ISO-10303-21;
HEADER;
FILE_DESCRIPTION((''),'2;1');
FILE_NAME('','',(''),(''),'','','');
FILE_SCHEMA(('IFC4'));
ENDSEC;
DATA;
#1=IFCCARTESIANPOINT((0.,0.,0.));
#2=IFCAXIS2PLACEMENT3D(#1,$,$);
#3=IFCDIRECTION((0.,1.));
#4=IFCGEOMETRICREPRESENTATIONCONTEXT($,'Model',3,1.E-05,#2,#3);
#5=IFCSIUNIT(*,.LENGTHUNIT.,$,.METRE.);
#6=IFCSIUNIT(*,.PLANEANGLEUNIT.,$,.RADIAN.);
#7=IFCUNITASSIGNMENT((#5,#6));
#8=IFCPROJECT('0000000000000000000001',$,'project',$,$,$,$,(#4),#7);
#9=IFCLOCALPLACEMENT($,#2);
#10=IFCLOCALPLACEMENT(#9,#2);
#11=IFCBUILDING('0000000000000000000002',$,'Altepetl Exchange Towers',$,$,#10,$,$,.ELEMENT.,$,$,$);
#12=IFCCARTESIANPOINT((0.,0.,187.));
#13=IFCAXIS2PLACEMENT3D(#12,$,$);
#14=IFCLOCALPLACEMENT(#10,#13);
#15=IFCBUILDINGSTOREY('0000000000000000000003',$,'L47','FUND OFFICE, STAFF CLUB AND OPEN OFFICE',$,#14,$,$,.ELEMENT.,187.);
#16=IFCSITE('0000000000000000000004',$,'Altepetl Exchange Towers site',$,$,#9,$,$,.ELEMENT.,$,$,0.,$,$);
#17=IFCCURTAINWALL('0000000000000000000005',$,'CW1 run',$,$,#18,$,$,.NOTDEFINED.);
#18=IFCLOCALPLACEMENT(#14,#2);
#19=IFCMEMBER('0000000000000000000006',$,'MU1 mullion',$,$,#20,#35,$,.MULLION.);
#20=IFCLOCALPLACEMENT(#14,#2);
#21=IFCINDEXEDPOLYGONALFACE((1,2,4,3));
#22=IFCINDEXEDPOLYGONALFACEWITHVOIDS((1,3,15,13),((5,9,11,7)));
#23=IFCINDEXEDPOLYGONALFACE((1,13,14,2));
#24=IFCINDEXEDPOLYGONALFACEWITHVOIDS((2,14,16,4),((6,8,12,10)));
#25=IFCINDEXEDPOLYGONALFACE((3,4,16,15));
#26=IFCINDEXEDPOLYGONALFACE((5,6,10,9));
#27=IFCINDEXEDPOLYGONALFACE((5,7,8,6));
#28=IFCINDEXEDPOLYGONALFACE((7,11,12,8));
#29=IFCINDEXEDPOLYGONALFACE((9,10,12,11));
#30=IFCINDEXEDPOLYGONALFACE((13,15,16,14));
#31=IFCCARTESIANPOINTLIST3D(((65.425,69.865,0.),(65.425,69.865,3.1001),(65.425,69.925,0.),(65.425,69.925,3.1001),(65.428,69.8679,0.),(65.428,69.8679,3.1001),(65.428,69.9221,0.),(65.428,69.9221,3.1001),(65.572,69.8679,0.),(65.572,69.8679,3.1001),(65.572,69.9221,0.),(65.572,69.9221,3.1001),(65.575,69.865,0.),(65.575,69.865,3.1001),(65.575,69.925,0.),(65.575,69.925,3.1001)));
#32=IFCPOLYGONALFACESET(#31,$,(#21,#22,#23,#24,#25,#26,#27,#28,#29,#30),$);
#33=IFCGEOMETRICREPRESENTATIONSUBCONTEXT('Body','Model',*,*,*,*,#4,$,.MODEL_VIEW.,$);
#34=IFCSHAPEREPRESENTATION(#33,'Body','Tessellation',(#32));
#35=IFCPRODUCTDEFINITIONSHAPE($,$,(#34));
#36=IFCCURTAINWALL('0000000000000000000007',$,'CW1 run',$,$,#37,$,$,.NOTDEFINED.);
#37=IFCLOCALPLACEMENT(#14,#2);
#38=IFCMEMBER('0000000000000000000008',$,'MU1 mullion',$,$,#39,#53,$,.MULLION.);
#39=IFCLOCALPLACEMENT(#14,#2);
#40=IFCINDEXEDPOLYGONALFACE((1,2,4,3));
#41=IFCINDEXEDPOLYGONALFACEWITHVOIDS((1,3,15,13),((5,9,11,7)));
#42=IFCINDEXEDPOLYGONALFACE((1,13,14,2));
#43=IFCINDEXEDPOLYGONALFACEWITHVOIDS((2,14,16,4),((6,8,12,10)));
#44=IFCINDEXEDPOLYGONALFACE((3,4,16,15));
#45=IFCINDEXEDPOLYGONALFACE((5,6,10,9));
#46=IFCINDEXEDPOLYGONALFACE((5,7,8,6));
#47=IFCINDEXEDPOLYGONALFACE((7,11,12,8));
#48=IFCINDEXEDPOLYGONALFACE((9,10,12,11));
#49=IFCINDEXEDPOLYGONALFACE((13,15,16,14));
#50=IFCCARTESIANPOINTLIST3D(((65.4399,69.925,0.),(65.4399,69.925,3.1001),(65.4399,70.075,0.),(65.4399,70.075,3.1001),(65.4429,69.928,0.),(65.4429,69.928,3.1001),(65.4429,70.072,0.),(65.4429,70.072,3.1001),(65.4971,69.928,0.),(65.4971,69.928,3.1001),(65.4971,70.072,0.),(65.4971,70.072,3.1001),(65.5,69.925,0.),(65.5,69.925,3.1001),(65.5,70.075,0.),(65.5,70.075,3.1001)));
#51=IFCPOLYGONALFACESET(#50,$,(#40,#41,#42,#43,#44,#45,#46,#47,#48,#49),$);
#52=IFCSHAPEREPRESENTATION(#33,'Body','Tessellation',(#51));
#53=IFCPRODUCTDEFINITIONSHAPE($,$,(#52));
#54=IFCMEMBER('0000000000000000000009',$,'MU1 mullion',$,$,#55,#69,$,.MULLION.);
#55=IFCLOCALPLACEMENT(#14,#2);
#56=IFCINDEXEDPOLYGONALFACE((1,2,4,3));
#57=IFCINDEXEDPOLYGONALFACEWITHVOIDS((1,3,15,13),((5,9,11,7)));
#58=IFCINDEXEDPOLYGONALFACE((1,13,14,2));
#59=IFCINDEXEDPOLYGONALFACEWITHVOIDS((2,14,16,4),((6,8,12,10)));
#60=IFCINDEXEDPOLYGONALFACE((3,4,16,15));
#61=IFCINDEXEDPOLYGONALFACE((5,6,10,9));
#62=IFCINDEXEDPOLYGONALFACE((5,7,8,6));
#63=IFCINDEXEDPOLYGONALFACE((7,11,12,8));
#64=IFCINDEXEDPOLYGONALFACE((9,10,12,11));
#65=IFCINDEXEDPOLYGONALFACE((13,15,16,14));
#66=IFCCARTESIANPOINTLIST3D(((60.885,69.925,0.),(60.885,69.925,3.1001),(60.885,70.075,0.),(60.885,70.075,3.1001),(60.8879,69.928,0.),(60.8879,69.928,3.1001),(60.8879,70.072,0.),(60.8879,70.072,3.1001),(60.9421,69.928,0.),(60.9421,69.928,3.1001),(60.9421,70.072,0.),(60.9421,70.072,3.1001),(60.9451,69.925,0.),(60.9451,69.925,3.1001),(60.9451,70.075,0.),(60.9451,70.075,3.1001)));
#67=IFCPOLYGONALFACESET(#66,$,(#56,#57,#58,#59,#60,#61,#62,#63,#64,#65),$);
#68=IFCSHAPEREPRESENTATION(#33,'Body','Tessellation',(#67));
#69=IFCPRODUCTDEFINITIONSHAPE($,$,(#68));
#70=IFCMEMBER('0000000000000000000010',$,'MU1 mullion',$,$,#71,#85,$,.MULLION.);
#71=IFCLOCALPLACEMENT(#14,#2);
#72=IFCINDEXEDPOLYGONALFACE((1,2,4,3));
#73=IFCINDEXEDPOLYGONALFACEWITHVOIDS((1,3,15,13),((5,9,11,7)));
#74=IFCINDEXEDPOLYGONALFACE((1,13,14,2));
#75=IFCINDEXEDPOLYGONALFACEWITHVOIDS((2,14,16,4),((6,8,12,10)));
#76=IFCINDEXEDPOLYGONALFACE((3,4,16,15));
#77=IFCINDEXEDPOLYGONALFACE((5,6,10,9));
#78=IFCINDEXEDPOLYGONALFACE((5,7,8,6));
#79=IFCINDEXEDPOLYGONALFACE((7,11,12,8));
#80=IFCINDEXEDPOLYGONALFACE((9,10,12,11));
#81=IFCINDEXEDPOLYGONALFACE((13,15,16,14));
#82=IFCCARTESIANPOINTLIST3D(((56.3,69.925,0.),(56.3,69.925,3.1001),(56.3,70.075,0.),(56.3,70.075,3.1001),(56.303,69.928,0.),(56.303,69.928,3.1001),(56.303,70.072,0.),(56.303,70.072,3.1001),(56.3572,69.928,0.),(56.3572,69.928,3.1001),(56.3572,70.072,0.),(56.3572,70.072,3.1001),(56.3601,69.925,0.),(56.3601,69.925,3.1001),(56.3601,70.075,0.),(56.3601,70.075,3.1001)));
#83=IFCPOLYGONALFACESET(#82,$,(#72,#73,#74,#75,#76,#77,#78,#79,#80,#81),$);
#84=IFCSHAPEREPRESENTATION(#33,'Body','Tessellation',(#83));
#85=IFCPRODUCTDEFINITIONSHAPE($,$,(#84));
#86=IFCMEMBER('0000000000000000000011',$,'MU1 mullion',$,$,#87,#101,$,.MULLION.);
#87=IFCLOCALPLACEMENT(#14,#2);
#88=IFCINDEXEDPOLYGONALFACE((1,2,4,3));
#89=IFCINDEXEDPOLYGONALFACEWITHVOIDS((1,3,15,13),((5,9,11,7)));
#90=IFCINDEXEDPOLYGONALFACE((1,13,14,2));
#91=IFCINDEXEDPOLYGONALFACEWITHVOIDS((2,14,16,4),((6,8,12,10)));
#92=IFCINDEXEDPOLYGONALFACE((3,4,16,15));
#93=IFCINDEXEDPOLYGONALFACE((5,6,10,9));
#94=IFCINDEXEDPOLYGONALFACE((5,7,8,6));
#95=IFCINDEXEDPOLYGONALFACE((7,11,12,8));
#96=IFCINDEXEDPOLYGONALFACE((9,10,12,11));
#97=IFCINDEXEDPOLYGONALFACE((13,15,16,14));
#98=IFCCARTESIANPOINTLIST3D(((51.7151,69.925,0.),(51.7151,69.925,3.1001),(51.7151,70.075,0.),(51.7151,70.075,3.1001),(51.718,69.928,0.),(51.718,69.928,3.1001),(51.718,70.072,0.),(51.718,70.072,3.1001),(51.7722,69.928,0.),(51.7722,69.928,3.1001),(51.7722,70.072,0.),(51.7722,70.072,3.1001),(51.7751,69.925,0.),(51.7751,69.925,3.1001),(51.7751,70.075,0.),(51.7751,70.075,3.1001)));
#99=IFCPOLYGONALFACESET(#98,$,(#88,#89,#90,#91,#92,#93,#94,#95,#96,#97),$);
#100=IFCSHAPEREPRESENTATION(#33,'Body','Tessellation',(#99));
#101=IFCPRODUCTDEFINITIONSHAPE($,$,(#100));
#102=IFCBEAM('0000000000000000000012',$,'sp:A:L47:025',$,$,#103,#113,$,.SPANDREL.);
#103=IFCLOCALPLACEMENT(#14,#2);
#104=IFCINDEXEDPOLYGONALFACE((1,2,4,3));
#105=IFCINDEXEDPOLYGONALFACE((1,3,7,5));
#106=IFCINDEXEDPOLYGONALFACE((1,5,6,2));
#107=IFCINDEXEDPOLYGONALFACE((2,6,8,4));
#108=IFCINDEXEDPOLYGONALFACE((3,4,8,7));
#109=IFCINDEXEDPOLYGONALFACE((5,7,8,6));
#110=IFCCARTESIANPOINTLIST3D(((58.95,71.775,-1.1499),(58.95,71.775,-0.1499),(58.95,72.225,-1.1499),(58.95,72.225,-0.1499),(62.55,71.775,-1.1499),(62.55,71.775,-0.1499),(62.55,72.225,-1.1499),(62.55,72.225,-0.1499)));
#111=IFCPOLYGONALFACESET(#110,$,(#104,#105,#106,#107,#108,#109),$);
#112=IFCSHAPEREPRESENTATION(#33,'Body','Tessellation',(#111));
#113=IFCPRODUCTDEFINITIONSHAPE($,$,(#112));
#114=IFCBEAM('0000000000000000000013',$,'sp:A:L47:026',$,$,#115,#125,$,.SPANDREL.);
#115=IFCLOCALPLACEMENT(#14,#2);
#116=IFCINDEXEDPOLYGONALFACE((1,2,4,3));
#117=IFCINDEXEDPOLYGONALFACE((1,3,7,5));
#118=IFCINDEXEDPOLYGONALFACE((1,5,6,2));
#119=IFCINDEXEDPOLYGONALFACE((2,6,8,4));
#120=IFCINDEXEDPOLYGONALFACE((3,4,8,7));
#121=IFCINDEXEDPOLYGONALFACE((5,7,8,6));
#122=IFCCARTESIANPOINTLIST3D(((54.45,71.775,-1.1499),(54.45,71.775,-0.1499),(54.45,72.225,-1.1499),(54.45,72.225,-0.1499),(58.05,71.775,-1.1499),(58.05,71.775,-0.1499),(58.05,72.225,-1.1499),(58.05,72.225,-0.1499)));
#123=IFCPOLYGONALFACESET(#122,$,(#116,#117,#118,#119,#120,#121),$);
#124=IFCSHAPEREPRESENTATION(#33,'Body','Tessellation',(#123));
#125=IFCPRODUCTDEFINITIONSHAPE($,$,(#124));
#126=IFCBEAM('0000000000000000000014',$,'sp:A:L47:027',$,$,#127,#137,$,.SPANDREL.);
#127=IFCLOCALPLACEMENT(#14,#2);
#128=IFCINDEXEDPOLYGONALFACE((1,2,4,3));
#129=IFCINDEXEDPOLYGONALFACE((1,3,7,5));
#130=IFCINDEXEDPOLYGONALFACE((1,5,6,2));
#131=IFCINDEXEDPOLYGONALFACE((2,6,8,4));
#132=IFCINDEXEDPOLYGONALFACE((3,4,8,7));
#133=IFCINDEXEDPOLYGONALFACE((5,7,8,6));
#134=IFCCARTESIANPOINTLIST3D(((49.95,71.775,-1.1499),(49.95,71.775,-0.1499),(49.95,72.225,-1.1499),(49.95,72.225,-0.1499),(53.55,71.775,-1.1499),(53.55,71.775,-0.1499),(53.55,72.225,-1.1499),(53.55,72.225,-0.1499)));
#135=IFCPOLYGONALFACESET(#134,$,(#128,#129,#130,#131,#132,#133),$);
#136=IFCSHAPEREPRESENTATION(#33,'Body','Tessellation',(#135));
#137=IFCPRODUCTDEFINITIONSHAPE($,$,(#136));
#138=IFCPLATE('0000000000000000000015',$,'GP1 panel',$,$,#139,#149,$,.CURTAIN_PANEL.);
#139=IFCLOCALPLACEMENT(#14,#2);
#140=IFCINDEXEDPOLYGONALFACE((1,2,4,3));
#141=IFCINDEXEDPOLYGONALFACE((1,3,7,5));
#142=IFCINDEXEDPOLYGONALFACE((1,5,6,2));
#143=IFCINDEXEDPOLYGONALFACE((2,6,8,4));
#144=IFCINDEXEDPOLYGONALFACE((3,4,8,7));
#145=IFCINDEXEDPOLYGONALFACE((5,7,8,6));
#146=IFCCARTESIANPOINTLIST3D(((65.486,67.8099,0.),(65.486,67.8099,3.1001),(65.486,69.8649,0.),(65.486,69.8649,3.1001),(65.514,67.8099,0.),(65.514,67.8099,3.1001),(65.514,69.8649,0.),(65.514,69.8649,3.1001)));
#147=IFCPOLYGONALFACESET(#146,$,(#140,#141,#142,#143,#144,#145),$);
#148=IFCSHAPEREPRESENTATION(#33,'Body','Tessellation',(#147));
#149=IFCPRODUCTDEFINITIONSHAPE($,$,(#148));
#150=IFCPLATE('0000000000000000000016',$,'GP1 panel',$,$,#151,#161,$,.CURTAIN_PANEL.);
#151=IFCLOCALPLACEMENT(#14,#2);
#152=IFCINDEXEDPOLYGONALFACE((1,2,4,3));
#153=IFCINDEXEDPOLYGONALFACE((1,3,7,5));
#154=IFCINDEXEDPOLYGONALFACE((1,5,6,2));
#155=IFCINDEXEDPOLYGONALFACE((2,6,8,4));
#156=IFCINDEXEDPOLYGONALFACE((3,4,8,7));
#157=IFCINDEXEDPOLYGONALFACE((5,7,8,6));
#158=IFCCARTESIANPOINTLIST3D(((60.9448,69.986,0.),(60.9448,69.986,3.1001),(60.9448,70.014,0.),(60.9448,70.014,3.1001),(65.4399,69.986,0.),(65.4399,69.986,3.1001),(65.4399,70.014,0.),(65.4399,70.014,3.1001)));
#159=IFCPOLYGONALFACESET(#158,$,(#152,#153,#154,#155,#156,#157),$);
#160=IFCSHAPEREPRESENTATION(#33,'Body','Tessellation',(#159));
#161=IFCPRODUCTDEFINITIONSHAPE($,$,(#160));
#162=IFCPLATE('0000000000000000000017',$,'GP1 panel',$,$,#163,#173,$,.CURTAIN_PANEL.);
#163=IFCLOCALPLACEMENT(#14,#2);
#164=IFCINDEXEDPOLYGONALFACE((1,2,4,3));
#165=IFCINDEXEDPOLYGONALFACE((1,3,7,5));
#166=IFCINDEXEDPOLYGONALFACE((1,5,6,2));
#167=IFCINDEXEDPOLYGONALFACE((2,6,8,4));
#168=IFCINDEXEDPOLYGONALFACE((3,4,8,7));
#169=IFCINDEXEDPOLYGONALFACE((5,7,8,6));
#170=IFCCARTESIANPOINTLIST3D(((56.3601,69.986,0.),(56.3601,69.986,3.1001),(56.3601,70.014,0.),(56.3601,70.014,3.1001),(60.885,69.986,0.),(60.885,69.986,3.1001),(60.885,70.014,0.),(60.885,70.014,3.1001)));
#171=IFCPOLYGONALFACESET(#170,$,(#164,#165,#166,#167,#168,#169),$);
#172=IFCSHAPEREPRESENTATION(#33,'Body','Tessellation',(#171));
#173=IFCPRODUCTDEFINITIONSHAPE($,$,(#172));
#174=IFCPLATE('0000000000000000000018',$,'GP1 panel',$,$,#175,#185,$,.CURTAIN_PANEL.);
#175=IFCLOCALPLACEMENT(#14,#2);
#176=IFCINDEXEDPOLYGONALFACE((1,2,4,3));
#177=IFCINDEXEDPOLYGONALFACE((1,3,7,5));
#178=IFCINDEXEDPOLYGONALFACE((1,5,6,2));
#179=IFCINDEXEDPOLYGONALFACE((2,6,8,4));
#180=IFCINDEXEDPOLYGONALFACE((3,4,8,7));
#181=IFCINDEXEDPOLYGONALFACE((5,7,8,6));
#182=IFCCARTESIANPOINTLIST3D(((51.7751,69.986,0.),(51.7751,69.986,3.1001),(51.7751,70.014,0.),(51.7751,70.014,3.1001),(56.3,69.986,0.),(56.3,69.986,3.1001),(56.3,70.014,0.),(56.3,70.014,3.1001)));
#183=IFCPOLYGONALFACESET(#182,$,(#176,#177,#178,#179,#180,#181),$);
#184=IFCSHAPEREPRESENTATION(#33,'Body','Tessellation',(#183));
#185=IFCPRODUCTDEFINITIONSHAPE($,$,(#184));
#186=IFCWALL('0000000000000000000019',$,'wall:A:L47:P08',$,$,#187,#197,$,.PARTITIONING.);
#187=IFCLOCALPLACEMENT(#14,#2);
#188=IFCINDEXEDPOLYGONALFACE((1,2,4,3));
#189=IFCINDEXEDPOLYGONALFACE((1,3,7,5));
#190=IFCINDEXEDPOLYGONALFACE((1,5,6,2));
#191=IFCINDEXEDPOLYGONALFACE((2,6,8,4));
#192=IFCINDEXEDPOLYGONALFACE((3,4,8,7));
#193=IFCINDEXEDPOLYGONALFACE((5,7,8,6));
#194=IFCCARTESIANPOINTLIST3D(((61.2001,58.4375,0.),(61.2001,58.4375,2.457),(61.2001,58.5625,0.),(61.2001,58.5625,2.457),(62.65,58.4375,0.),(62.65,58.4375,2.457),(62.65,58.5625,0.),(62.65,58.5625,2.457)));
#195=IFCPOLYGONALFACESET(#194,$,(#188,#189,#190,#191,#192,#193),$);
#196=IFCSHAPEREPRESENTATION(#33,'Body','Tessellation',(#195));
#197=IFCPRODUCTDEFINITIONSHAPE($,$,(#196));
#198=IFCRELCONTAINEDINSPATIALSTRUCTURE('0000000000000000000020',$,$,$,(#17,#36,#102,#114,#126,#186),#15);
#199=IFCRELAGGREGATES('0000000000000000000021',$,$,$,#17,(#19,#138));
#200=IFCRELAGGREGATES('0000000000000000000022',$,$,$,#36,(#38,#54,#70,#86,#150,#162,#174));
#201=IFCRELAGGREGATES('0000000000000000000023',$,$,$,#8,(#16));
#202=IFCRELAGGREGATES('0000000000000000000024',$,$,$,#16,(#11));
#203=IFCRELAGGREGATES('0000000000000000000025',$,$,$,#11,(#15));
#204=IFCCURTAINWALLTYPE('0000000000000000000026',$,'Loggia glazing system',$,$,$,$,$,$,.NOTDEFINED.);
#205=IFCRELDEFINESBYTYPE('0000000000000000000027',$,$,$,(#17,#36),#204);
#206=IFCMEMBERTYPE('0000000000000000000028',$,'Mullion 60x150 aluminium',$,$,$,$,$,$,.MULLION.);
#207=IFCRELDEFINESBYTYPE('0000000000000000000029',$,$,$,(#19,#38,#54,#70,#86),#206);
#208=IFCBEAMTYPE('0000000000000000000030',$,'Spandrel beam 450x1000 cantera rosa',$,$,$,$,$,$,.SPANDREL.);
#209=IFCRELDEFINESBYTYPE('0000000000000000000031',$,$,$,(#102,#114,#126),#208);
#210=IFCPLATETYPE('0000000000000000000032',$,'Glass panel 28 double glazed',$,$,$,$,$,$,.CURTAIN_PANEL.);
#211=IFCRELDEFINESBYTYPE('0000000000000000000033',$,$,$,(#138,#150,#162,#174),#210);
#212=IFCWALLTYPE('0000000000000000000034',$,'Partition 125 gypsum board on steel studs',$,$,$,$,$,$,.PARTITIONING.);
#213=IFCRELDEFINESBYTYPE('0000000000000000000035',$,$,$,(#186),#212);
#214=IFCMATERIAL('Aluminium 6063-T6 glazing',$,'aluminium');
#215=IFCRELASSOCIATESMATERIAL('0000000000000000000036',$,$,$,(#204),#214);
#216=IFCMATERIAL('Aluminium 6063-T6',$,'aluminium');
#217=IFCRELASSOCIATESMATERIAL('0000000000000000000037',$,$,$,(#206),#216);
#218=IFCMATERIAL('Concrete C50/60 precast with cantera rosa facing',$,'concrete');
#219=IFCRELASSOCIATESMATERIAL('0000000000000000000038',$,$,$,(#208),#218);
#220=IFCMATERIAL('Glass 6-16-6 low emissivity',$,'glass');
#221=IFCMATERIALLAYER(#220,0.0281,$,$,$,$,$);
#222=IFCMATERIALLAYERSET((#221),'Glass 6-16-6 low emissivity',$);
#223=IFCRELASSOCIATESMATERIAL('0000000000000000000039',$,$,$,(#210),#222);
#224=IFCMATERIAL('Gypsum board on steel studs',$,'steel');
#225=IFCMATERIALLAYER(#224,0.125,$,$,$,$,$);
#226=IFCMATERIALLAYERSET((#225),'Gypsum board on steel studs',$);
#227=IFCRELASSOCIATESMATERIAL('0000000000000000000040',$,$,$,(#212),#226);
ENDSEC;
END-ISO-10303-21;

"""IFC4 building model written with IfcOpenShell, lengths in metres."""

from ifc_helpers import new_model, si_unit, direction, frame, frame_2d, origin, origin_2d, place, context, subcontext, project, spatial, rectangle, hollow_rectangle, extrude, material, layer, layer_set, material_profile, profile_set, type_object, element, aggregate, save


model = new_model("IFC4")

# Units and contexts
model_context = context("Model", 3, precision=1e-05, world=origin(), true_north=direction((0.0, 1.0)))
body_context = subcontext(model_context, "Body", "Model", "MODEL_VIEW")
ifc_project = project(units=[si_unit("LENGTHUNIT", "METRE"), si_unit("PLANEANGLEUNIT", "RADIAN")], contexts=[model_context])

# Site, building, storey
site_placement = place(None, origin())
site = spatial("IfcSite", under=ifc_project, at=site_placement, Name="Altepetl Exchange Towers site", CompositionType="ELEMENT", RefElevation=0.0)
building_placement = place(site_placement, origin())
building = spatial("IfcBuilding", under=site, at=building_placement, Name="Altepetl Exchange Towers", CompositionType="ELEMENT")
storey_placement = place(building_placement, frame((0.0, 0.0, 187.0)))
storey = spatial("IfcBuildingStorey", under=building, at=storey_placement, Name="L47", Description="FUND OFFICE, STAFF CLUB AND OPEN OFFICE", CompositionType="ELEMENT", Elevation=187.0)

# Curtain walls, members
ifc_material_1 = material(Name="Aluminium 6063-T6 glazing", Category="aluminium")
curtain_wall_type = type_object("IfcCurtainWallType", Name="Loggia glazing system", PredefinedType="NOTDEFINED", material=ifc_material_1)
curtain_wall_1_placement = place(storey_placement, origin())
curtain_wall_1 = element("IfcCurtainWall", 1, at=curtain_wall_1_placement, inside=storey, type_object=curtain_wall_type, Name="CW1 run", PredefinedType="NOTDEFINED")
ifc_material_2 = material(Name="Aluminium 6063-T6", Category="aluminium")
ifc_material_profile_1 = material_profile(ifc_material_2, hollow_rectangle(XDim=0.0601, YDim=0.1499, WallThickness=0.0029, at=origin_2d()), Name="Mullion 60x150 aluminium")
ifc_profile_set_1 = profile_set([ifc_material_profile_1], Name="Aluminium 6063-T6")
member_type = type_object("IfcMemberType", Name="Mullion 60x150 aluminium", PredefinedType="MULLION", material=ifc_profile_set_1)
member_1_placement = place(storey_placement, frame((65.5, 69.895, 0.0), z_axis=(0.0, 0.0, 1.0), x_axis=(0.0, 1.0, 0.0)))
member_1 = element("IfcMember", 2, at=member_1_placement, type_object=member_type, Name="MU1 mullion", PredefinedType="MULLION", context=body_context, shape_type="SweptSolid", body=[
    extrude(hollow_rectangle(XDim=0.0601, YDim=0.1499, WallThickness=0.0029, at=origin_2d()), origin(), (0.0, 0.0, 1.0), 3.1001),
])
curtain_wall_2_placement = place(storey_placement, origin())
curtain_wall_2 = element("IfcCurtainWall", 3, at=curtain_wall_2_placement, inside=storey, type_object=curtain_wall_type, Name="CW1 run", PredefinedType="NOTDEFINED")
member_2_placement = place(storey_placement, frame((65.47, 70.0, 0.0), z_axis=(0.0, 0.0, 1.0), x_axis=(-1.0, 0.0, 0.0)))
member_2 = element("IfcMember", 4, at=member_2_placement, type_object=member_type, Name="MU1 mullion", PredefinedType="MULLION", context=body_context, shape_type="SweptSolid", body=[
    extrude(hollow_rectangle(XDim=0.0601, YDim=0.1499, WallThickness=0.0029, at=origin_2d()), origin(), (0.0, 0.0, 1.0), 3.1001),
])
member_3_placement = place(storey_placement, frame((60.915, 70.0, 0.0), z_axis=(0.0, 0.0, 1.0), x_axis=(-1.0, 0.0, 0.0)))
member_3 = element("IfcMember", 5, at=member_3_placement, type_object=member_type, Name="MU1 mullion", PredefinedType="MULLION", context=body_context, shape_type="SweptSolid", body=[
    extrude(hollow_rectangle(XDim=0.0601, YDim=0.1499, WallThickness=0.0029, at=origin_2d()), origin(), (0.0, 0.0, 1.0), 3.1001),
])
member_4_placement = place(storey_placement, frame((56.3301, 70.0, 0.0), z_axis=(0.0, 0.0, 1.0), x_axis=(-1.0, 0.0, 0.0)))
member_4 = element("IfcMember", 6, at=member_4_placement, type_object=member_type, Name="MU1 mullion", PredefinedType="MULLION", context=body_context, shape_type="SweptSolid", body=[
    extrude(hollow_rectangle(XDim=0.0601, YDim=0.1499, WallThickness=0.0029, at=origin_2d()), origin(), (0.0, 0.0, 1.0), 3.1001),
])
member_5_placement = place(storey_placement, frame((51.7451, 70.0, 0.0), z_axis=(0.0, 0.0, 1.0), x_axis=(-1.0, 0.0, 0.0)))
member_5 = element("IfcMember", 7, at=member_5_placement, type_object=member_type, Name="MU1 mullion", PredefinedType="MULLION", context=body_context, shape_type="SweptSolid", body=[
    extrude(hollow_rectangle(XDim=0.0601, YDim=0.1499, WallThickness=0.0029, at=origin_2d()), origin(), (0.0, 0.0, 1.0), 3.1001),
])

# Beams
ifc_material_3 = material(Name="Concrete C50/60 precast with cantera rosa facing", Category="concrete")
ifc_material_profile_2 = material_profile(ifc_material_3, rectangle(XDim=0.45, YDim=1.0, at=origin_2d()), Name="450 x 1000")
ifc_profile_set_2 = profile_set([ifc_material_profile_2], Name="Concrete C50/60 precast with cantera rosa facing")
beam_type_1 = type_object("IfcBeamType", Name="Spandrel beam 450x1000 cantera rosa", PredefinedType="SPANDREL", material=ifc_profile_set_2)
for number, where, z_axis, x_axis, name in (
    (8, (62.55, 72.0, -0.6499), (-1.0, 0.0, 0.0), (0.0, -1.0, 0.0), "sp:A:L47:025"),
    (9, (58.05, 72.0, -0.6499), (-1.0, 0.0, 0.0), (0.0, -1.0, 0.0), "sp:A:L47:026"),
    (10, (53.55, 72.0, -0.6499), (-1.0, 0.0, 0.0), (0.0, -1.0, 0.0), "sp:A:L47:027"),
):
    element("IfcBeam", number, at=place(storey_placement, frame(where, z_axis=z_axis, x_axis=x_axis)), inside=storey, type_object=beam_type_1, Name=name, PredefinedType="SPANDREL", context=body_context, shape_type="SweptSolid", body=[
        extrude(rectangle(XDim=0.45, YDim=1.0, at=origin_2d()), origin(), (0.0, 0.0, 1.0), 3.6001),
    ])

# Plates
ifc_material_4 = material(Name="Glass 6-16-6 low emissivity", Category="glass")
ifc_layer_1 = layer(ifc_material_4, 0.0281)
ifc_layer_set_1 = layer_set([ifc_layer_1], Name="Glass 6-16-6 low emissivity")
plate_type = type_object("IfcPlateType", Name="Glass panel 28 double glazed", PredefinedType="CURTAIN_PANEL", material=ifc_layer_set_1)
plate_1_placement = place(storey_placement, frame((65.5, 68.8374, 0.0), z_axis=(0.0, 0.0, 1.0), x_axis=(0.0, 1.0, 0.0)))
plate_1 = element("IfcPlate", 11, at=plate_1_placement, type_object=plate_type, Name="GP1 panel", PredefinedType="CURTAIN_PANEL", context=body_context, shape_type="SweptSolid", body=[
    extrude(rectangle(XDim=2.0549, YDim=0.0281, at=origin_2d()), origin(), (0.0, 0.0, 1.0), 3.1001),
])
aggregate(curtain_wall_1, [member_1, plate_1])
plate_2_placement = place(storey_placement, frame((63.1924, 70.0, 0.0), z_axis=(0.0, 0.0, 1.0), x_axis=(-1.0, 0.0, 0.0)))
plate_2 = element("IfcPlate", 12, at=plate_2_placement, type_object=plate_type, Name="GP1 panel", PredefinedType="CURTAIN_PANEL", context=body_context, shape_type="SweptSolid", body=[
    extrude(rectangle(XDim=4.4951, YDim=0.0281, at=origin_2d()), origin(), (0.0, 0.0, 1.0), 3.1001),
])
plate_3_placement = place(storey_placement, frame((58.6226, 70.0, 0.0), z_axis=(0.0, 0.0, 1.0), x_axis=(-1.0, 0.0, 0.0)))
plate_3 = element("IfcPlate", 13, at=plate_3_placement, type_object=plate_type, Name="GP1 panel", PredefinedType="CURTAIN_PANEL", context=body_context, shape_type="SweptSolid", body=[
    extrude(rectangle(XDim=4.5249, YDim=0.0281, at=origin_2d()), origin(), (0.0, 0.0, 1.0), 3.1001),
])
plate_4_placement = place(storey_placement, frame((54.0376, 70.0, 0.0), z_axis=(0.0, 0.0, 1.0), x_axis=(-1.0, 0.0, 0.0)))
plate_4 = element("IfcPlate", 14, at=plate_4_placement, type_object=plate_type, Name="GP1 panel", PredefinedType="CURTAIN_PANEL", context=body_context, shape_type="SweptSolid", body=[
    extrude(rectangle(XDim=4.5249, YDim=0.0281, at=origin_2d()), origin(), (0.0, 0.0, 1.0), 3.1001),
])
aggregate(curtain_wall_2, [member_2, member_3, member_4, member_5, plate_2, plate_3, plate_4])

# Wall
ifc_material_5 = material(Name="Gypsum board on steel studs", Category="steel")
ifc_layer_2 = layer(ifc_material_5, 0.125)
ifc_layer_set_2 = layer_set([ifc_layer_2], Name="Gypsum board on steel studs")
wall_type = type_object("IfcWallType", Name="Partition 125 gypsum board on steel studs", PredefinedType="PARTITIONING", material=ifc_layer_set_2)
wall_1_placement = place(storey_placement, frame((61.2, 58.5, 0.0)))
element("IfcWall", 15, at=wall_1_placement, inside=storey, type_object=wall_type, Name="wall:A:L47:P08", PredefinedType="PARTITIONING", context=body_context, shape_type="SweptSolid", body=[
    extrude(rectangle(XDim=1.45, YDim=0.125, at=frame_2d((0.7251, 0.0))), origin(), (0.0, 0.0, 1.0), 2.457),
])

save(model, "model.ifc")
